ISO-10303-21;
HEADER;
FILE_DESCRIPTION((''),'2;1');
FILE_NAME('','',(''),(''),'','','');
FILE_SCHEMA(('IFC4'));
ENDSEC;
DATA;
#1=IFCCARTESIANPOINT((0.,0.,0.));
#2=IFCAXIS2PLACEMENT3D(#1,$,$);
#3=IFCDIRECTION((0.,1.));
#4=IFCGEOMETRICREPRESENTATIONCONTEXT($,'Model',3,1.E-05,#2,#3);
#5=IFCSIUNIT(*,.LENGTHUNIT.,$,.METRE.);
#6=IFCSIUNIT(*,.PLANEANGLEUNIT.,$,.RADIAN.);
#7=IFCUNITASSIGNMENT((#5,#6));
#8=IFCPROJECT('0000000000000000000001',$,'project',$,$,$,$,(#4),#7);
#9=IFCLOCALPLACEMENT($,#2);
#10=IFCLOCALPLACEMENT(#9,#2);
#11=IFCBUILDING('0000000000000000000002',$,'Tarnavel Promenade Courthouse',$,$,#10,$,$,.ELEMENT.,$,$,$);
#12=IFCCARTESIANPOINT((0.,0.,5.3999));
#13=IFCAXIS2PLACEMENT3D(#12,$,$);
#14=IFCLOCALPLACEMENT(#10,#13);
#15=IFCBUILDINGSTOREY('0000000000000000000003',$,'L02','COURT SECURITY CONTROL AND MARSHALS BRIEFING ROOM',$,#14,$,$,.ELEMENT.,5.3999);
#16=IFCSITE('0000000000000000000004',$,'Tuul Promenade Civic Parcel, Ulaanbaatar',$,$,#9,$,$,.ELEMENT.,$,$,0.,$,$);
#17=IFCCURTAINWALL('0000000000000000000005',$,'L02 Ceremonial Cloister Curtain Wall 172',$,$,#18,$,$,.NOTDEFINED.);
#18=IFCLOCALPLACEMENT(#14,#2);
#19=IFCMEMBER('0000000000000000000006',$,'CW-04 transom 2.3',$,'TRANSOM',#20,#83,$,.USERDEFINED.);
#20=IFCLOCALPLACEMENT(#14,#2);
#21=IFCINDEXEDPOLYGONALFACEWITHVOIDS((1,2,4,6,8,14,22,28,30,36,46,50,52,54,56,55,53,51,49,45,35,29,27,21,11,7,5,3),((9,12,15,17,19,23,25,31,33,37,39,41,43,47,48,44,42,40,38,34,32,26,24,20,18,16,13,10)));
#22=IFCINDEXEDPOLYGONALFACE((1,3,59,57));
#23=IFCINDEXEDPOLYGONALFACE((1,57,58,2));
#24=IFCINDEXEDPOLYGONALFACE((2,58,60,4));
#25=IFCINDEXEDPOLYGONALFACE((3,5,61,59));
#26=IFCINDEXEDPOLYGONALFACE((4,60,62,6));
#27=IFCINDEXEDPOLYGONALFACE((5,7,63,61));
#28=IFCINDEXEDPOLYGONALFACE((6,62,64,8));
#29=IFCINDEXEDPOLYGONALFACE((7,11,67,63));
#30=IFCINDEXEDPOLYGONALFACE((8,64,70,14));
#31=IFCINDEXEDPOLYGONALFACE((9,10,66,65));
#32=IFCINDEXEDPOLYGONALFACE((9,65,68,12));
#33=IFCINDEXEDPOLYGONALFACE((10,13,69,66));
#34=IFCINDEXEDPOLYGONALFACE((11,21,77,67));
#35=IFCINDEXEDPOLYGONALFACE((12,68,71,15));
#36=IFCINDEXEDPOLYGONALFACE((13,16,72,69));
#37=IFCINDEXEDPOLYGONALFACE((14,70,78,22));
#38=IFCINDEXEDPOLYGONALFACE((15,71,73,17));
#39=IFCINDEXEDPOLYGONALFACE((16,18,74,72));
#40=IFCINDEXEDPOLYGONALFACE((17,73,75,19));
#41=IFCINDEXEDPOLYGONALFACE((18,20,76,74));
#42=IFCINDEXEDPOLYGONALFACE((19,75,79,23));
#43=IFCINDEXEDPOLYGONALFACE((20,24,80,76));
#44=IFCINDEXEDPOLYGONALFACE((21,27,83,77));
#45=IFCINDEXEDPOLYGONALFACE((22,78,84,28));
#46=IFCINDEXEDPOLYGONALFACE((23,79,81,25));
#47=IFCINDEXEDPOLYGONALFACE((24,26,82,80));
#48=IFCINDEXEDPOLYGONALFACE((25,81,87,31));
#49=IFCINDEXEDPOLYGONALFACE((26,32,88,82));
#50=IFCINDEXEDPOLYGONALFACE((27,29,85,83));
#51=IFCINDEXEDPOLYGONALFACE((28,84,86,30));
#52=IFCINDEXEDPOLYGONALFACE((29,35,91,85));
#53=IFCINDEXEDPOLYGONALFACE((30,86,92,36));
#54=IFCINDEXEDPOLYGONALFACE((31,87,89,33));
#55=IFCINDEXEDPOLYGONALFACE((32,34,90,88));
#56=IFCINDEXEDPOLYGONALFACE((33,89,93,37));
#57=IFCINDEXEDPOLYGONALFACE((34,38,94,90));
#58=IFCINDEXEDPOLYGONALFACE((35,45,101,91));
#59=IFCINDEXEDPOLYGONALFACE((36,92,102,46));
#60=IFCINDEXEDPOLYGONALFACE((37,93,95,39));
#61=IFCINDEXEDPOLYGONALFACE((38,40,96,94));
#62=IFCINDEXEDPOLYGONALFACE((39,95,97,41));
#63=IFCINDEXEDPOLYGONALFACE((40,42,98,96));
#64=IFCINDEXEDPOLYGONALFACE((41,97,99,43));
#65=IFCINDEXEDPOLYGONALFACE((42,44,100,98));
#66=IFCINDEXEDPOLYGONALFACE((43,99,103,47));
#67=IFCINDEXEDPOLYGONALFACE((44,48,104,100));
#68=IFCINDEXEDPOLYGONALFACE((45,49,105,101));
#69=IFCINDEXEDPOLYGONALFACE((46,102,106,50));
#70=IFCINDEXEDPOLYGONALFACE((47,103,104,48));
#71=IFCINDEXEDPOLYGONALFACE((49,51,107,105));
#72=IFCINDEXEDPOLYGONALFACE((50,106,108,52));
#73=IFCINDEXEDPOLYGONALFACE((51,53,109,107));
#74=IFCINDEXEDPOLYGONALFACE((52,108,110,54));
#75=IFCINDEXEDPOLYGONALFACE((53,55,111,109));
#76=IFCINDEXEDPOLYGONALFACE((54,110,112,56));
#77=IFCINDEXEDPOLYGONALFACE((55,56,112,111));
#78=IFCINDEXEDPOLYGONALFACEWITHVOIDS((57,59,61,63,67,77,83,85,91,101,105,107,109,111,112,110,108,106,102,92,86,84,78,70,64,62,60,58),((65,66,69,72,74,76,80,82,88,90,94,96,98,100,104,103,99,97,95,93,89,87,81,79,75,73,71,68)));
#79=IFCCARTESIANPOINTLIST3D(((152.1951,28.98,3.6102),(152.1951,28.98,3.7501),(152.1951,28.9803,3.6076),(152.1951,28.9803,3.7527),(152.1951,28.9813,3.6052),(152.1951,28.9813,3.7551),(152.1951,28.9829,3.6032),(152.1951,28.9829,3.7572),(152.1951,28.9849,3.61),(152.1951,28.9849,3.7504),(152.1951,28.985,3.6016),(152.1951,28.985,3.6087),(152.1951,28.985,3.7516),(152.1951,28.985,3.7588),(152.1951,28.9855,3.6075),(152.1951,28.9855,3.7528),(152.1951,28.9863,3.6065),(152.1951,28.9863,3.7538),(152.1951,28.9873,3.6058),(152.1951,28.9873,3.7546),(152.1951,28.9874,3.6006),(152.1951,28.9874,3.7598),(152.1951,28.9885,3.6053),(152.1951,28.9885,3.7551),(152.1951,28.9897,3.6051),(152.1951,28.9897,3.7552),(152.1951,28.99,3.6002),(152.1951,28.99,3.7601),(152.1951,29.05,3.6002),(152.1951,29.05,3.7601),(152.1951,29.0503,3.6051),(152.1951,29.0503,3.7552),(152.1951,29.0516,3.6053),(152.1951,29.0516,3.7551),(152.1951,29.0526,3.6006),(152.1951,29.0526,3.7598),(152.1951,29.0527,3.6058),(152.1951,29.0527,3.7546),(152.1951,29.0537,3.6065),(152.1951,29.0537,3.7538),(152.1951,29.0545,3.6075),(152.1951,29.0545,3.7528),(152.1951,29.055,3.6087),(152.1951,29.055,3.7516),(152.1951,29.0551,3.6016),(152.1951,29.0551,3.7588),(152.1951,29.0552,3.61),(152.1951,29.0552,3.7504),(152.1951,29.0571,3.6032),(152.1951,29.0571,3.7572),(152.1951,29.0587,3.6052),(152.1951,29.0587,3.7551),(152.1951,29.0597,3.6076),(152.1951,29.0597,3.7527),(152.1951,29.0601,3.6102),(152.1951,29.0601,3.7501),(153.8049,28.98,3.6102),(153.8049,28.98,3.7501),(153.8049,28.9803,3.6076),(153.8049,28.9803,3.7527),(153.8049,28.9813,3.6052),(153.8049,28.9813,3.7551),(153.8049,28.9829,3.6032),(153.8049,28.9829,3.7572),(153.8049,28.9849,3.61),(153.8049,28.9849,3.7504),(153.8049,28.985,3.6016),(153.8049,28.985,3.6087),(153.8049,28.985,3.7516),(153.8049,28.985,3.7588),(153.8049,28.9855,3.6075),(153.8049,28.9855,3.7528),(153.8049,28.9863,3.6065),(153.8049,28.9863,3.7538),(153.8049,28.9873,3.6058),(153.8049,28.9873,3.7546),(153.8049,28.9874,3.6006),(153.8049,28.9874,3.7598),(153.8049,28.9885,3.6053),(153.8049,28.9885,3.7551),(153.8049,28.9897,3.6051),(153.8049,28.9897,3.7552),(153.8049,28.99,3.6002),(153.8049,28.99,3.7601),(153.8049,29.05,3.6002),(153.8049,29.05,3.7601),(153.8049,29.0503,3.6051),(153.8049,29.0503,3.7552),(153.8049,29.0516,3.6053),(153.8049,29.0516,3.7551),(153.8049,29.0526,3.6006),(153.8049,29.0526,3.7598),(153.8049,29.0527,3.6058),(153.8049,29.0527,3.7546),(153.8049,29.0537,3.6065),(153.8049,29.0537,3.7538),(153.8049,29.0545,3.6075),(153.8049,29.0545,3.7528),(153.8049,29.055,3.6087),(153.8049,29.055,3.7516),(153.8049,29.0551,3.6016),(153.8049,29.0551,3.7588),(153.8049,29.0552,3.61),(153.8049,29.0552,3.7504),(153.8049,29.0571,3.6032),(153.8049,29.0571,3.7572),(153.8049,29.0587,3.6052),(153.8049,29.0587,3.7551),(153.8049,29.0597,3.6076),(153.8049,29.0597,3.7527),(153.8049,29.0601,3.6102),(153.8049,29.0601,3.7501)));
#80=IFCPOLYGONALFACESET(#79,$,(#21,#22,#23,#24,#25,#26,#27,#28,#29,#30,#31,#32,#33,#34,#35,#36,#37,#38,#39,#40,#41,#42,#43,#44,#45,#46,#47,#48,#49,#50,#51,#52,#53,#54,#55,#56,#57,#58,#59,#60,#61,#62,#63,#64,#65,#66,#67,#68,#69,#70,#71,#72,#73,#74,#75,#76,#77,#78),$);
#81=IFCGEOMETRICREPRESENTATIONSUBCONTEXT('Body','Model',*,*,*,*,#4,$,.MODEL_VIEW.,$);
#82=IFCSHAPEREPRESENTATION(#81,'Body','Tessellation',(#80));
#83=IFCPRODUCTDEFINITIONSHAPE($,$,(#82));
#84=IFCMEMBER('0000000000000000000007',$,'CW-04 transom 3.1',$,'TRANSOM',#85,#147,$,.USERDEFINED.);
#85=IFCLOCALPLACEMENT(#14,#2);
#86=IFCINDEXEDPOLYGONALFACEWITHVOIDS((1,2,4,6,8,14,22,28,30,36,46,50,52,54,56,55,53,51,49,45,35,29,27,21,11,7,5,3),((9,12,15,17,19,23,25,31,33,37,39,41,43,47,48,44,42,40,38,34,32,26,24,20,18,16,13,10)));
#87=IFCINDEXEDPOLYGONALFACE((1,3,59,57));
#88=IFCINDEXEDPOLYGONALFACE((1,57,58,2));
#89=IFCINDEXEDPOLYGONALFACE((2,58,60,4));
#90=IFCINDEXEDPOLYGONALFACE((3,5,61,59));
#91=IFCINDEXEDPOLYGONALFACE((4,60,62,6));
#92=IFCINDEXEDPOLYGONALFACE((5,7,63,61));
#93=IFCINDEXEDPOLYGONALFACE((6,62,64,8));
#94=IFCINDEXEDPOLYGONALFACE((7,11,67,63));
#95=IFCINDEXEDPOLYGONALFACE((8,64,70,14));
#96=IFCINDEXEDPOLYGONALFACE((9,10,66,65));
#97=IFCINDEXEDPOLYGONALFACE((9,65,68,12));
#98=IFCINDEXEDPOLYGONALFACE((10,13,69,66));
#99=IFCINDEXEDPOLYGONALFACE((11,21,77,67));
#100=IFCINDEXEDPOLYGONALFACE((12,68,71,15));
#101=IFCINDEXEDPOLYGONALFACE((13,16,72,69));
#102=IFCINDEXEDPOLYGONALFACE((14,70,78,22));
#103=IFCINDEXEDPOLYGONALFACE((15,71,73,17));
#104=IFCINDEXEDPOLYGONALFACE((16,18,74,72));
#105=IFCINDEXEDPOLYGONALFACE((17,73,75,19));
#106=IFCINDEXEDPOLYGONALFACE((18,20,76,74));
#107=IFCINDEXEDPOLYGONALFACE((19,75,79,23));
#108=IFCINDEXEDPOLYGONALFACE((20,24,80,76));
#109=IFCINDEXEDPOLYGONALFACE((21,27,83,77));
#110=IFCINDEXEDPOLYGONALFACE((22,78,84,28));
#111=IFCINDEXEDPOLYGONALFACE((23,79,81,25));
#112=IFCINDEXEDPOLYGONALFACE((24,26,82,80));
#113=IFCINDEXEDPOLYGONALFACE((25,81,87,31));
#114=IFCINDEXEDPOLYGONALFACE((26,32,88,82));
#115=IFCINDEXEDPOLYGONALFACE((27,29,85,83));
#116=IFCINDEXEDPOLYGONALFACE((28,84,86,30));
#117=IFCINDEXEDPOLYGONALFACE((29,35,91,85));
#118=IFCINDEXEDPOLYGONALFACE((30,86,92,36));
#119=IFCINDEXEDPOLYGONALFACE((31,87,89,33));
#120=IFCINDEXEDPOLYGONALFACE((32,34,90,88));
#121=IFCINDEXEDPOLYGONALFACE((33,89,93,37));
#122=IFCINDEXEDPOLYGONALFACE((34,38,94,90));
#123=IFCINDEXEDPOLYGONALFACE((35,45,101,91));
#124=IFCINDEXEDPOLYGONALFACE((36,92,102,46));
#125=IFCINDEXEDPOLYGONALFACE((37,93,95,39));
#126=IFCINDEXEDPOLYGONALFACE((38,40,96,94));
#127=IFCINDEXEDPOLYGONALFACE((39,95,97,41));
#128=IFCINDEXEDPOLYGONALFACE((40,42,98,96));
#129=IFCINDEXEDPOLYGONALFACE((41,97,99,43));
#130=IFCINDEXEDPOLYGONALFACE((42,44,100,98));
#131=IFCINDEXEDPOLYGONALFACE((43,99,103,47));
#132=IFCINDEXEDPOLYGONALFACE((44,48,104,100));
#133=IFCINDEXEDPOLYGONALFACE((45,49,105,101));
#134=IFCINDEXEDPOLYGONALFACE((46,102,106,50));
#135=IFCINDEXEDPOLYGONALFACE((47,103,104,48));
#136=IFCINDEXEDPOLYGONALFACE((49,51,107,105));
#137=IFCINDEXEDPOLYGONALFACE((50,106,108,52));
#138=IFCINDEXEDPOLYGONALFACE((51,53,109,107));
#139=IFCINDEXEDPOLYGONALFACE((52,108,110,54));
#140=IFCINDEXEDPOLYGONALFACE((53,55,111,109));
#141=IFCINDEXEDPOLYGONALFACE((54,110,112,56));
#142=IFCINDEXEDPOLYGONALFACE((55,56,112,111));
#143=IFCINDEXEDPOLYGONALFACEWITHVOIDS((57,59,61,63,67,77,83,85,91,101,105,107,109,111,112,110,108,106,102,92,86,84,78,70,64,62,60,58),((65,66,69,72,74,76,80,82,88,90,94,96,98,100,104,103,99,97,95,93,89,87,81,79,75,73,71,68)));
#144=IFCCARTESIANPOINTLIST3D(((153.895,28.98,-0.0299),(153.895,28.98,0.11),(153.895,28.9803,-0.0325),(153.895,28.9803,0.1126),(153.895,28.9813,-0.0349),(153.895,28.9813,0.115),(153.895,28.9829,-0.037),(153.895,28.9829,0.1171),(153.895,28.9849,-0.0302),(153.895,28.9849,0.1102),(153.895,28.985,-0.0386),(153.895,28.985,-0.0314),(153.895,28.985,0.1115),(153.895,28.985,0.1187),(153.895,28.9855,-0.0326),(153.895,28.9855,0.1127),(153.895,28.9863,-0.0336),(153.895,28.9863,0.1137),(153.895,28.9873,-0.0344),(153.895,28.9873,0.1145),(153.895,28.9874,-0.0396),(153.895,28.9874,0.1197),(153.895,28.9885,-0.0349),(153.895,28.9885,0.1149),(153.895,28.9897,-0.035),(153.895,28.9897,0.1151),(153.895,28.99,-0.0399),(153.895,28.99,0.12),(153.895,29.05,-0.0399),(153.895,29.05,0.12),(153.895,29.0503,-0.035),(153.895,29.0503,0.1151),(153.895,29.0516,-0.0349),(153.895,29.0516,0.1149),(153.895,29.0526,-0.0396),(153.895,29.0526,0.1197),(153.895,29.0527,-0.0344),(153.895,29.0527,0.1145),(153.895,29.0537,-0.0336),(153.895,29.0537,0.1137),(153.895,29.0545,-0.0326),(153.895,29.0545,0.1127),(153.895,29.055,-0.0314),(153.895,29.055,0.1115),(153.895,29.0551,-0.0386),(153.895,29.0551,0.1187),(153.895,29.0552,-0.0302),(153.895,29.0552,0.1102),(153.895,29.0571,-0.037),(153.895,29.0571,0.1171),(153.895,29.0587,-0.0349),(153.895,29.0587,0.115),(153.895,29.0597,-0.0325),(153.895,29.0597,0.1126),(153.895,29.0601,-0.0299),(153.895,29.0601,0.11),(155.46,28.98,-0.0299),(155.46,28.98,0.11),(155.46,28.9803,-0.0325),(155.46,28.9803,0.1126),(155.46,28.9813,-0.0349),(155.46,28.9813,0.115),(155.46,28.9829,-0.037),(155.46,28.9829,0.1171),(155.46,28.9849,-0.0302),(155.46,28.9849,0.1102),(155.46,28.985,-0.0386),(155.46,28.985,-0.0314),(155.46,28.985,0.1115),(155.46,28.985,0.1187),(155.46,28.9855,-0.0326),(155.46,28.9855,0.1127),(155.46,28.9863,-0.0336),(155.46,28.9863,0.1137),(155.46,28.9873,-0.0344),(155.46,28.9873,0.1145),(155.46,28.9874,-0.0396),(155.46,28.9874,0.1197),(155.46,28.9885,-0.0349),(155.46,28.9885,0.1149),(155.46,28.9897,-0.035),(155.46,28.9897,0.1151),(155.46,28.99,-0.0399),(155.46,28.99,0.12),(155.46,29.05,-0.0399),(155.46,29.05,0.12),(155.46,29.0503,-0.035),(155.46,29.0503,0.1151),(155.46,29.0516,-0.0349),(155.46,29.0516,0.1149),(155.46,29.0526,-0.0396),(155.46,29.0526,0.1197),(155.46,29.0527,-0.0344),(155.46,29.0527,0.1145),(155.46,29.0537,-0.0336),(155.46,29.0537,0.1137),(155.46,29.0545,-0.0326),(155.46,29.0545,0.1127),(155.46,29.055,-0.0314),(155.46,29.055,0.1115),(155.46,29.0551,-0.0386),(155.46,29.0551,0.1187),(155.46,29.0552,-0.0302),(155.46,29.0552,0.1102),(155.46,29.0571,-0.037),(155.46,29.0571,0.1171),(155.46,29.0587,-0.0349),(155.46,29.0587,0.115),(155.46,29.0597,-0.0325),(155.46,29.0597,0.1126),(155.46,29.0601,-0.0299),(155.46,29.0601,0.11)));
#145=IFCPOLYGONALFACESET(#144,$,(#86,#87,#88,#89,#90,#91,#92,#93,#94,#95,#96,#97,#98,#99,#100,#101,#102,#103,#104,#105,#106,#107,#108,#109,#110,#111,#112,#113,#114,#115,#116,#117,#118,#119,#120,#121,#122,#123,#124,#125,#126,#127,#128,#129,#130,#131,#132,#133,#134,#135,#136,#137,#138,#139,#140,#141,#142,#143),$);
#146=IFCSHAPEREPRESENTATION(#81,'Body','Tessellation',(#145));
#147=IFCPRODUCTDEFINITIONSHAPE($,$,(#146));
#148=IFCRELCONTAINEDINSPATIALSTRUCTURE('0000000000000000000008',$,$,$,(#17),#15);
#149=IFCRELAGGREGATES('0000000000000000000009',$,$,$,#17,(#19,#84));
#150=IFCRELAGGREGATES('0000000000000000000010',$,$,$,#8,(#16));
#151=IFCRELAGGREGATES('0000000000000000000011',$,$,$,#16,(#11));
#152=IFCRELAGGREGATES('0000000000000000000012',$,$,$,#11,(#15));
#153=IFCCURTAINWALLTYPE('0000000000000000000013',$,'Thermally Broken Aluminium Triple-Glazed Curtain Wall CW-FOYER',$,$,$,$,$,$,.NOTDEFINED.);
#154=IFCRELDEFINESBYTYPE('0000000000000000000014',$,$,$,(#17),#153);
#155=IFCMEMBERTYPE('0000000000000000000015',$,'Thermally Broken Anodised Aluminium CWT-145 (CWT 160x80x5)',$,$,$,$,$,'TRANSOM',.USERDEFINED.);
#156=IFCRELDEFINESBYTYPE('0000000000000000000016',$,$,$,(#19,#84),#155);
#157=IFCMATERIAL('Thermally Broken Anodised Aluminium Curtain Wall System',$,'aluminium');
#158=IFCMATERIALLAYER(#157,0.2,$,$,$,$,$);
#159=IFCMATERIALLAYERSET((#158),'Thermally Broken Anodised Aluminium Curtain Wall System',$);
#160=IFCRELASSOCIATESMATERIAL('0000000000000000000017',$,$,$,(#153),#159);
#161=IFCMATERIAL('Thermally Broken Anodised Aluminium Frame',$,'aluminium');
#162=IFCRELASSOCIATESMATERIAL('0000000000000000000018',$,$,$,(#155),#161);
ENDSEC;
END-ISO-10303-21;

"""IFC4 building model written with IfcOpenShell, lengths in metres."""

from ifc_helpers import new_model, si_unit, direction, frame, origin, origin_2d, place, context, subcontext, project, spatial, hollow_rectangle, extrude, material, layer, layer_set, material_profile, profile_set, type_object, element, aggregate, save


model = new_model("IFC4")

# Units and contexts
model_context = context("Model", 3, precision=1e-05, world=origin(), true_north=direction((0.0, 1.0)))
body_context = subcontext(model_context, "Body", "Model", "MODEL_VIEW")
ifc_project = project(units=[si_unit("LENGTHUNIT", "METRE"), si_unit("PLANEANGLEUNIT", "RADIAN")], contexts=[model_context])

# Site, building, storey
site_placement = place(None, origin())
site = spatial("IfcSite", under=ifc_project, at=site_placement, Name="Tuul Promenade Civic Parcel, Ulaanbaatar", CompositionType="ELEMENT", RefElevation=0.0)
building_placement = place(site_placement, origin())
building = spatial("IfcBuilding", under=site, at=building_placement, Name="Tarnavel Promenade Courthouse", CompositionType="ELEMENT")
storey_placement = place(building_placement, frame((0.0, 0.0, 5.3999)))
storey = spatial("IfcBuildingStorey", under=building, at=storey_placement, Name="L02", Description="COURT SECURITY CONTROL AND MARSHALS BRIEFING ROOM", CompositionType="ELEMENT", Elevation=5.3999)

# Curtain wall
ifc_material_1 = material(Name="Thermally Broken Anodised Aluminium Curtain Wall System", Category="aluminium")
ifc_layer_1 = layer(ifc_material_1, 0.2)
ifc_layer_set_1 = layer_set([ifc_layer_1], Name="Thermally Broken Anodised Aluminium Curtain Wall System")
curtain_wall_type = type_object("IfcCurtainWallType", Name="Thermally Broken Aluminium Triple-Glazed Curtain Wall CW-FOYER", PredefinedType="NOTDEFINED", material=ifc_layer_set_1)
ifc_material_2 = material(Name="Thermally Broken Anodised Aluminium Frame", Category="aluminium")
curtain_wall_1_placement = place(storey_placement, origin())
curtain_wall_1 = element("IfcCurtainWall", 1, at=curtain_wall_1_placement, inside=storey, type_object=curtain_wall_type, Name="L02 Ceremonial Cloister Curtain Wall 172", PredefinedType="NOTDEFINED")

# Members
ifc_material_profile_1 = material_profile(ifc_material_2, hollow_rectangle(XDim=0.0801, YDim=0.1599, WallThickness=0.0049, InnerFilletRadius=0.0049, OuterFilletRadius=0.01, at=origin_2d()), Name="CWT 160x80x5")
ifc_profile_set_1 = profile_set([ifc_material_profile_1], Name="Thermally Broken Anodised Aluminium Frame")
member_type_1 = type_object("IfcMemberType", Name="Thermally Broken Anodised Aluminium CWT-145 (CWT 160x80x5)", ElementType="TRANSOM", PredefinedType="USERDEFINED", material=ifc_profile_set_1)
member_1_placement = place(storey_placement, frame((152.1951, 29.02, 3.6802), z_axis=(1.0, 0.0, 0.0), x_axis=(0.0, 1.0, 0.0)))
member_1 = element("IfcMember", 2, at=member_1_placement, type_object=member_type_1, Name="CW-04 transom 2.3", ObjectType="TRANSOM", PredefinedType="USERDEFINED", context=body_context, shape_type="SweptSolid", body=[
    extrude(hollow_rectangle(XDim=0.0801, YDim=0.1599, WallThickness=0.0049, InnerFilletRadius=0.0049, OuterFilletRadius=0.01, at=origin_2d()), origin(), (0.0, 0.0, 1.0), 1.6099),
])
member_2_placement = place(storey_placement, frame((153.895, 29.02, 0.04), z_axis=(1.0, 0.0, 0.0), x_axis=(0.0, 1.0, 0.0)))
member_2 = element("IfcMember", 3, at=member_2_placement, type_object=member_type_1, Name="CW-04 transom 3.1", ObjectType="TRANSOM", PredefinedType="USERDEFINED", context=body_context, shape_type="SweptSolid", body=[
    extrude(hollow_rectangle(XDim=0.0801, YDim=0.1599, WallThickness=0.0049, InnerFilletRadius=0.0049, OuterFilletRadius=0.01, at=origin_2d()), origin(), (0.0, 0.0, 1.0), 1.5649),
])

aggregate(curtain_wall_1, [member_1, member_2])

save(model, "model.ifc")
